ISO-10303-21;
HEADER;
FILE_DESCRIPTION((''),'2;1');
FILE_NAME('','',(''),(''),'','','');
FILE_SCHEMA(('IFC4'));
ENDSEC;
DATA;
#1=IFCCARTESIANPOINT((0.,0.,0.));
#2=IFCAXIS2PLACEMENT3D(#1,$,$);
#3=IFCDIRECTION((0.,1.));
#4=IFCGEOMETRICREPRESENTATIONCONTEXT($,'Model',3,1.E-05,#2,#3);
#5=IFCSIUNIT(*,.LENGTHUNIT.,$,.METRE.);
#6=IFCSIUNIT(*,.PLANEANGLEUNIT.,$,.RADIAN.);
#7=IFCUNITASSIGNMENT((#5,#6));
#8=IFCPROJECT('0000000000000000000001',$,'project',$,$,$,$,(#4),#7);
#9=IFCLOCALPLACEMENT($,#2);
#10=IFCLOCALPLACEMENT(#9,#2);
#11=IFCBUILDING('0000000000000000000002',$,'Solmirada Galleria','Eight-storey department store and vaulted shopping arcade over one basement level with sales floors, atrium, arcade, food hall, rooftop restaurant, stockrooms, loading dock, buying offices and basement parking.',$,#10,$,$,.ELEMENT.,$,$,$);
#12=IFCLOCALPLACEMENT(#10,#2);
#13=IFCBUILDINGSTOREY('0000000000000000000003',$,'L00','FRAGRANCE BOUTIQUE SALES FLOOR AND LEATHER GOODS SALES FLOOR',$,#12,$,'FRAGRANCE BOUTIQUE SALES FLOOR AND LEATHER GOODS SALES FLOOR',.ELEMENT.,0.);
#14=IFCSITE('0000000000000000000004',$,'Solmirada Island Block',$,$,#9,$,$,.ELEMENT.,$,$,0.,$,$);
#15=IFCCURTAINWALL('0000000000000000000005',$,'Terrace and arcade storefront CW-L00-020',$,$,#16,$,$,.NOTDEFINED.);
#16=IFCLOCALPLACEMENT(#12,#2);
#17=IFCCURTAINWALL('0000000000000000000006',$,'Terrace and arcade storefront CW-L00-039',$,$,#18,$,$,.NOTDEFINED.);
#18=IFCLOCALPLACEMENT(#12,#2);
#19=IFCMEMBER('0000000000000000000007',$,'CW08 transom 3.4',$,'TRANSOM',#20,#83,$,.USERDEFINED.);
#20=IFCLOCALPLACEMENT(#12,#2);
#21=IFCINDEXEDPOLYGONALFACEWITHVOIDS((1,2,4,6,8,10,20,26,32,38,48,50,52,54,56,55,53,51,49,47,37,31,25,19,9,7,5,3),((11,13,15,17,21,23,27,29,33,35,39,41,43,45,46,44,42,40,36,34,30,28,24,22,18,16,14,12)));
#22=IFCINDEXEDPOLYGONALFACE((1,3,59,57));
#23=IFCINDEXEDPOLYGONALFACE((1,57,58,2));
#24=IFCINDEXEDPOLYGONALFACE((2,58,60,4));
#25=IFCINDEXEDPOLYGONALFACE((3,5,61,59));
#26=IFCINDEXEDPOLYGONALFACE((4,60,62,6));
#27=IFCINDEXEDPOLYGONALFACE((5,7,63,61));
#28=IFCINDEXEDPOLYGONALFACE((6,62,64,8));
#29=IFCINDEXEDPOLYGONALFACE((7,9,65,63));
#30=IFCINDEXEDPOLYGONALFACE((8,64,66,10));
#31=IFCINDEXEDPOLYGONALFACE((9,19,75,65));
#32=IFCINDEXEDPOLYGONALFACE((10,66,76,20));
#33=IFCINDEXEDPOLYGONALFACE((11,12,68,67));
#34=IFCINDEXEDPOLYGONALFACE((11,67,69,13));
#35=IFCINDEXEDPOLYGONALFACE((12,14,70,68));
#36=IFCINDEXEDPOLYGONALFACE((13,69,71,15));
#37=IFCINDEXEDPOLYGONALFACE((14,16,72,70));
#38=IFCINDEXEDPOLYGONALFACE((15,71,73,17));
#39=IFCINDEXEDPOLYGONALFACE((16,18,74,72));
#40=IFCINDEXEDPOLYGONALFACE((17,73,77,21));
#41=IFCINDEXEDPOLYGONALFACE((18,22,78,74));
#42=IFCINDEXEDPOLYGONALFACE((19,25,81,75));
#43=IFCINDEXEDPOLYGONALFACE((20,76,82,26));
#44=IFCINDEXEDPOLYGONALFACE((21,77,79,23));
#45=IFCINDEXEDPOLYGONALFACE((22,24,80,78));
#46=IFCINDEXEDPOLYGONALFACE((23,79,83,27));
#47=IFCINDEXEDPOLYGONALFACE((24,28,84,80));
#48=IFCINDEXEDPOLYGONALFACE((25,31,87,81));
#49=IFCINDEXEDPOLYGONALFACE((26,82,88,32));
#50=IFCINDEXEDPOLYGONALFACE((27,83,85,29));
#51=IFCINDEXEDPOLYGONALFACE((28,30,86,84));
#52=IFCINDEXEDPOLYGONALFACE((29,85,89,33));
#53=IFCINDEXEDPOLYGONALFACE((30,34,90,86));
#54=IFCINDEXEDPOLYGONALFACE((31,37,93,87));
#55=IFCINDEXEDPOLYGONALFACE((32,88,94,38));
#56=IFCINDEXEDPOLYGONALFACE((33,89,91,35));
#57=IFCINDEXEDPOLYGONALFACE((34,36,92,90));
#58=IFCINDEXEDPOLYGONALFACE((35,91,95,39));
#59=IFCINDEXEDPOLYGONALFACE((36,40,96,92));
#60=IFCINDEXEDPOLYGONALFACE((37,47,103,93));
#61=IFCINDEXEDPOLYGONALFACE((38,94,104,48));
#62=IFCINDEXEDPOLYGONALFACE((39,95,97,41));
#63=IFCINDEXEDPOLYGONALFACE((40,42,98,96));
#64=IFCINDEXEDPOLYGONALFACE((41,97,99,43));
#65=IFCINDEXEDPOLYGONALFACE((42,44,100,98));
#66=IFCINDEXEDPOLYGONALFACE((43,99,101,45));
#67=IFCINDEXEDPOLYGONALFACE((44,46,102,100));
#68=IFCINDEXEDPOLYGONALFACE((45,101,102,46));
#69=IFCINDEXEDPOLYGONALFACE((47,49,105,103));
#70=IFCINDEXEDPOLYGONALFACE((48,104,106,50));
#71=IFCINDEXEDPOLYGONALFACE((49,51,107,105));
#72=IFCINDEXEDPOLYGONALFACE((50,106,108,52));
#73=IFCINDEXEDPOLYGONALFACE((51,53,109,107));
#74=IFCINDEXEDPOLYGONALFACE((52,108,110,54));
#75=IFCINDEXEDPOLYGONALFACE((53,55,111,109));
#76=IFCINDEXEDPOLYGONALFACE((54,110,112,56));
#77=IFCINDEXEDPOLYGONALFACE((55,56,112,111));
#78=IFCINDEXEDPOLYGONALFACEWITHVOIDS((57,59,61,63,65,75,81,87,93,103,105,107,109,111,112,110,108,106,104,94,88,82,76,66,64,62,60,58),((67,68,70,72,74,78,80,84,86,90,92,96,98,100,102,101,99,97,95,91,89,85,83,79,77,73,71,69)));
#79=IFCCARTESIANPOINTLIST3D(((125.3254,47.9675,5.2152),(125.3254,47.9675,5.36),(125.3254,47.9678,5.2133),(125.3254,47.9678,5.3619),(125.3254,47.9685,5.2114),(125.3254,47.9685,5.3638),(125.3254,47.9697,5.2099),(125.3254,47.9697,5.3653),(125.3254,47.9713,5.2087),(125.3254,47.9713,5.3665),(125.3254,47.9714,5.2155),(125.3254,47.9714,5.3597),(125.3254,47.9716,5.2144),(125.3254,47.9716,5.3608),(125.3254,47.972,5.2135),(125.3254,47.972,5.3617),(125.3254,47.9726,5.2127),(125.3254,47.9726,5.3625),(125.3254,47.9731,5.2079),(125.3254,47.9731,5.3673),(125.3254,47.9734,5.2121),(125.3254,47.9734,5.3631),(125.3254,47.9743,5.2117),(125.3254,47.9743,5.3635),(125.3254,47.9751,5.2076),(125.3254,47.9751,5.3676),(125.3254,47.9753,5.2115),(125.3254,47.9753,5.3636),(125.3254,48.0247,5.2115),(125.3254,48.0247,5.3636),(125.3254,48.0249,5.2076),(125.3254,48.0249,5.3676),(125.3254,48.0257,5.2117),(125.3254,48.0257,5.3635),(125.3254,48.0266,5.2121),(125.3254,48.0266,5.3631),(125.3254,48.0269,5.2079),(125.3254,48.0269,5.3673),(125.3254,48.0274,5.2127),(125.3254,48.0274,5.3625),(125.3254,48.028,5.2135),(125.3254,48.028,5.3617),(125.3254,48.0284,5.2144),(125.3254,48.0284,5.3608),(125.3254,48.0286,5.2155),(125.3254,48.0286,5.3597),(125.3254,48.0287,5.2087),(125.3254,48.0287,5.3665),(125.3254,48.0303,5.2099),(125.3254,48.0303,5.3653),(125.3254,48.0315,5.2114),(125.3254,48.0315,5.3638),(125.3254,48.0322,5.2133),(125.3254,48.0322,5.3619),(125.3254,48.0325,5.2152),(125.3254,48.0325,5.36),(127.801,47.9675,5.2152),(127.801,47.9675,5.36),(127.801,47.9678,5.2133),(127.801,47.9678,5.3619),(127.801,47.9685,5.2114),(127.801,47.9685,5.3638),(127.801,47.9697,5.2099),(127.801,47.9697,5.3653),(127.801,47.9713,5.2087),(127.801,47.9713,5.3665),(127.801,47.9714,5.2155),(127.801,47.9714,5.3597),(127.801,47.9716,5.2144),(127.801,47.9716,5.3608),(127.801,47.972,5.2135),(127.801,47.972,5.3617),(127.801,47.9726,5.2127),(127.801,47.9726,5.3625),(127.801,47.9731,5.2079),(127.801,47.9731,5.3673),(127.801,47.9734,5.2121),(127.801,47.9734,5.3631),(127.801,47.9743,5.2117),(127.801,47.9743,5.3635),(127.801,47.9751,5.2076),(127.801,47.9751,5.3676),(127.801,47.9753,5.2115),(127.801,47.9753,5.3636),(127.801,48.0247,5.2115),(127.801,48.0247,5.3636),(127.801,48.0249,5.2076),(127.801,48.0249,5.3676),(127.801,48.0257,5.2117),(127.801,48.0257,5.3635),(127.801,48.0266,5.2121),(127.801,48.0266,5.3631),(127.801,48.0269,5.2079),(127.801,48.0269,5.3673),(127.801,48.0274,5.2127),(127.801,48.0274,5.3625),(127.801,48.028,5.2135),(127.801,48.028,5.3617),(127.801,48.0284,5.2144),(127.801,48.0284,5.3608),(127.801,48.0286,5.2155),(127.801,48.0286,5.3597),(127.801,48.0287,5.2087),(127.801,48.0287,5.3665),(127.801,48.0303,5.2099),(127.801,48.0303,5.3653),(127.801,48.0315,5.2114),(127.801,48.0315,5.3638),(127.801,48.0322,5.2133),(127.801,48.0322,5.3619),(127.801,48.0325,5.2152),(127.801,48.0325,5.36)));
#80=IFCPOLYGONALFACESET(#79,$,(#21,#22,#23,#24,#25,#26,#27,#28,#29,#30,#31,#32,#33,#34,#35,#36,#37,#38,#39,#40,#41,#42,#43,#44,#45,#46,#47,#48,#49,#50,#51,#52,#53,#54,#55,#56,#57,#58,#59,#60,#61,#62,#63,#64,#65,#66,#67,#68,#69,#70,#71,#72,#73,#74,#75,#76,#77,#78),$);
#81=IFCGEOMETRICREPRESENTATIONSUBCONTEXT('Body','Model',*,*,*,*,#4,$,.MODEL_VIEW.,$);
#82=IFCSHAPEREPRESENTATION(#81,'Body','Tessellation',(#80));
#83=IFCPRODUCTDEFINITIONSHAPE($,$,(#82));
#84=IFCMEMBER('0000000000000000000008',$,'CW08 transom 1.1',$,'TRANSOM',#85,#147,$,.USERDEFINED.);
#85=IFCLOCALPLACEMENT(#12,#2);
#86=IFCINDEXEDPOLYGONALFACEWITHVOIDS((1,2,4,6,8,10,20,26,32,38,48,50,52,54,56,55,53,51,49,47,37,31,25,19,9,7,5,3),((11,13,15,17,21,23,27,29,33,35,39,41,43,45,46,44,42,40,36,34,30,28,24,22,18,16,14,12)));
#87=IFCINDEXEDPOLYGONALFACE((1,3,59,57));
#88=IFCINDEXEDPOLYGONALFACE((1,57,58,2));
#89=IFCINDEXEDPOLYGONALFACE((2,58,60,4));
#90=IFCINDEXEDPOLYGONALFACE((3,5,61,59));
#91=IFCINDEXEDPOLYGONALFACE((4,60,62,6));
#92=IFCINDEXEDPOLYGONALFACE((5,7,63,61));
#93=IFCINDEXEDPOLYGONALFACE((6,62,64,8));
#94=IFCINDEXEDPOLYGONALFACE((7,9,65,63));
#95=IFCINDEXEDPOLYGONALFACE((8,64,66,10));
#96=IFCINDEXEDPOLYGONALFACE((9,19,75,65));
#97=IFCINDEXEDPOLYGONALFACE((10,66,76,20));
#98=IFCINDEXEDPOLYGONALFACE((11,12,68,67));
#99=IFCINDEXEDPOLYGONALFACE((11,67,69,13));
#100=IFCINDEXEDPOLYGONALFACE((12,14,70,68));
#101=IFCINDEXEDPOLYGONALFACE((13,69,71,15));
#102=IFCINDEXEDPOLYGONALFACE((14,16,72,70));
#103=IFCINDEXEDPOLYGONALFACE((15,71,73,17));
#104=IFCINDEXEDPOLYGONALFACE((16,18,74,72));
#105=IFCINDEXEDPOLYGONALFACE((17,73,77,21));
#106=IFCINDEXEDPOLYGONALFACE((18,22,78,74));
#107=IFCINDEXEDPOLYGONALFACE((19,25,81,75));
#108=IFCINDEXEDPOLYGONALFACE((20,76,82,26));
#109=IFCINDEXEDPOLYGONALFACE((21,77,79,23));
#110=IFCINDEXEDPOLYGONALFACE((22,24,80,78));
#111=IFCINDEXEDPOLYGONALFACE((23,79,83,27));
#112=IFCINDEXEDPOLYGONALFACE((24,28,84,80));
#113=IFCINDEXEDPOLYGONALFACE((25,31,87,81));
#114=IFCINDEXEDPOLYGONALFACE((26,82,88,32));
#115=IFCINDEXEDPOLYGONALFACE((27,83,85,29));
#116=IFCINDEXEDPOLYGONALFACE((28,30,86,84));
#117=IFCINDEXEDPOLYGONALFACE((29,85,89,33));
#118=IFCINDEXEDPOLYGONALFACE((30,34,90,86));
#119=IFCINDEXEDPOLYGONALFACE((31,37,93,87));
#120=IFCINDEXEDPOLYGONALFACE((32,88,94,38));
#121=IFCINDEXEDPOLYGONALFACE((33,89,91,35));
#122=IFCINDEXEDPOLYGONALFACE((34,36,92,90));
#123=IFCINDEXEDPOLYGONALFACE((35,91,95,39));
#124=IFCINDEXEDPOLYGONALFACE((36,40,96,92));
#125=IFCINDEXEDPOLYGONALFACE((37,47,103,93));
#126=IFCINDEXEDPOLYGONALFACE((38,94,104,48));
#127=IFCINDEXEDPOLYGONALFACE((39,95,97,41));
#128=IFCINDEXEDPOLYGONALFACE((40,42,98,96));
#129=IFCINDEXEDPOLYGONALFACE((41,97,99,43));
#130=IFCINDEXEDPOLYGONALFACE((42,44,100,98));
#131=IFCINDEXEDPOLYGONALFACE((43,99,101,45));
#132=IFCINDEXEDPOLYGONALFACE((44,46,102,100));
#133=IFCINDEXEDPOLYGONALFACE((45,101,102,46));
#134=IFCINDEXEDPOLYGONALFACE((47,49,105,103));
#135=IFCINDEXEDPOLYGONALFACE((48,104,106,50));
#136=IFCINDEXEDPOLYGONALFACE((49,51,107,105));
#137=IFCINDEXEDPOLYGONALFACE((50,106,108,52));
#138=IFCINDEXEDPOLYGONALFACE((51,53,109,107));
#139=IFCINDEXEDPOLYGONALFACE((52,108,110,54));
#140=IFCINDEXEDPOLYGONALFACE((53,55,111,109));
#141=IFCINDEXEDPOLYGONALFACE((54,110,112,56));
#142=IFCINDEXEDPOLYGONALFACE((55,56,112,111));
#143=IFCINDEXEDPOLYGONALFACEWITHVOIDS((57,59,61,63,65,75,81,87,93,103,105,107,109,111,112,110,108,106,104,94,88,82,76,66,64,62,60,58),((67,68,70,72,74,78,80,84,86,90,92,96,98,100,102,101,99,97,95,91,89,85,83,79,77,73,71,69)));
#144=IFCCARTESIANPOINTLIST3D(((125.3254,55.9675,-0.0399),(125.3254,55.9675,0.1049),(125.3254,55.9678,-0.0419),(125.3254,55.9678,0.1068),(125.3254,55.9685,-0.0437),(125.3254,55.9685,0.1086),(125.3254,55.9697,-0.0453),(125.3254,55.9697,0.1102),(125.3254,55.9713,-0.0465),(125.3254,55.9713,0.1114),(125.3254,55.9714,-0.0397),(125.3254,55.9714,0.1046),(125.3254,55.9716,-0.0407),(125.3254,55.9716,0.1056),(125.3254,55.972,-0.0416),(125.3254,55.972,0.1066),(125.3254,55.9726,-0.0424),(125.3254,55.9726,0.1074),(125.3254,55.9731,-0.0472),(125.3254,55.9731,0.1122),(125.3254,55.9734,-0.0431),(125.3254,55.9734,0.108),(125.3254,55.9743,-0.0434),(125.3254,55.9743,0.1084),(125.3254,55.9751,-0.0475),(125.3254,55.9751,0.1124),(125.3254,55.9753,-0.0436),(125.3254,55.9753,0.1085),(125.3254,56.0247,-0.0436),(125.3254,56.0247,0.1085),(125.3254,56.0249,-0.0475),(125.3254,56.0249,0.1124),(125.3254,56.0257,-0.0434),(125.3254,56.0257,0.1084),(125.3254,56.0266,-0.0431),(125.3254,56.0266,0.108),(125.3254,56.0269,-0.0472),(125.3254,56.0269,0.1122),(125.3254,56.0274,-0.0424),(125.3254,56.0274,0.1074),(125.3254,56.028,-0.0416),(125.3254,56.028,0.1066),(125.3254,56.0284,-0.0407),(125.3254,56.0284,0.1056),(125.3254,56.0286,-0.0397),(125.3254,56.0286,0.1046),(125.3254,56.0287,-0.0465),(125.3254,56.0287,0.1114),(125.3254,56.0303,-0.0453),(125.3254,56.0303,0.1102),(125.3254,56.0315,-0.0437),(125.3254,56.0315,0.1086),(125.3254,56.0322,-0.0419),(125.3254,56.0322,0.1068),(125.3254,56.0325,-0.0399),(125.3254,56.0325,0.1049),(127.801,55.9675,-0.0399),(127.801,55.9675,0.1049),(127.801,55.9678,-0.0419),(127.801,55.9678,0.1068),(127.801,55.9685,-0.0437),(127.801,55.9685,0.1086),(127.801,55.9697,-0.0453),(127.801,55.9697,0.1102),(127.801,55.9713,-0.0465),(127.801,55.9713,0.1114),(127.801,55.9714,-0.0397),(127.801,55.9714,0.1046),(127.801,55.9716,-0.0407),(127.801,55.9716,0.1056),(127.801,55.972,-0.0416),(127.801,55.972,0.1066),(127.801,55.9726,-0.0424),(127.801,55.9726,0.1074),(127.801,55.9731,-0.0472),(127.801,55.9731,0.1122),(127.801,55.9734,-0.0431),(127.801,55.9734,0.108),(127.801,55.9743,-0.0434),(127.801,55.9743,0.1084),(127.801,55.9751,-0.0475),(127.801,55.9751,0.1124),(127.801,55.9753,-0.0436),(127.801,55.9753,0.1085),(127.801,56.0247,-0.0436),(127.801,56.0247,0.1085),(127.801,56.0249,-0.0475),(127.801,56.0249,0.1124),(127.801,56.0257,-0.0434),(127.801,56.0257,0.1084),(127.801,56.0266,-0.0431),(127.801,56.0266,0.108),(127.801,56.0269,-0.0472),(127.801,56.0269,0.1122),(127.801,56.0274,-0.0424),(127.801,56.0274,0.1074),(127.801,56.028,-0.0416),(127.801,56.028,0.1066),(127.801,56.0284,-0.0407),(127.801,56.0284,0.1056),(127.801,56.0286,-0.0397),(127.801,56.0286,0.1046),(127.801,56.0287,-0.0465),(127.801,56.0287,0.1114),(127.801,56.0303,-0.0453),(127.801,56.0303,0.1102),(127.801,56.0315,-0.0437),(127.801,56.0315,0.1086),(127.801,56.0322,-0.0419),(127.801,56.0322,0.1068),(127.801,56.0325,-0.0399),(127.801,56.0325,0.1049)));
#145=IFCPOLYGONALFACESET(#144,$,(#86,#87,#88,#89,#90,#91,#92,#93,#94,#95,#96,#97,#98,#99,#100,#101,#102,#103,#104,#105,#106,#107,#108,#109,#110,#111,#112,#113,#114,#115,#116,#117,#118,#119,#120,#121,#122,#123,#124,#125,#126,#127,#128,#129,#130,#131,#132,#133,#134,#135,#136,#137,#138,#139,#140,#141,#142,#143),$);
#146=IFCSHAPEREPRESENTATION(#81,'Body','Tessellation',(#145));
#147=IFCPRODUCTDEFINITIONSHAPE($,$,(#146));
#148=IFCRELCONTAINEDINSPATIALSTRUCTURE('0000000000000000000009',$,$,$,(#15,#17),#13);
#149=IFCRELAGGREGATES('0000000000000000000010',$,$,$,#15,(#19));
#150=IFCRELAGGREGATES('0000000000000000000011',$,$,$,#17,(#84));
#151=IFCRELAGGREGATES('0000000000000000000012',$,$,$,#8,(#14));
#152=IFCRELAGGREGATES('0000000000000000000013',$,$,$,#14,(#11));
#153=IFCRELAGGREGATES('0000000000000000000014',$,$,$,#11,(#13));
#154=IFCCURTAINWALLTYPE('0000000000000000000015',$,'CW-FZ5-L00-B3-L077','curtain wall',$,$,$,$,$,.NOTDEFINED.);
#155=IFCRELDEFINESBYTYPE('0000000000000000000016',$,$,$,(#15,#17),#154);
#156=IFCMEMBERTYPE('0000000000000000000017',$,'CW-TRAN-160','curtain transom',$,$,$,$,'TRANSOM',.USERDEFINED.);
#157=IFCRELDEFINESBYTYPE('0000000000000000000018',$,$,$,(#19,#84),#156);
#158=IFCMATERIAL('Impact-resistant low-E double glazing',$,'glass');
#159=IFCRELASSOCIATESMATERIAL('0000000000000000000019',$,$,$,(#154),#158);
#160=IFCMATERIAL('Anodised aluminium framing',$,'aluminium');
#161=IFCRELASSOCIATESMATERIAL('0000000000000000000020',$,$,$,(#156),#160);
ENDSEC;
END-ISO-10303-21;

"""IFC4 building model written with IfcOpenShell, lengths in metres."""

from ifc_helpers import new_model, si_unit, direction, frame, origin, origin_2d, place, context, subcontext, project, spatial, hollow_rectangle, extrude, material, material_profile, profile_set, type_object, element, aggregate, save


model = new_model("IFC4")

# Units and contexts
model_context = context("Model", 3, precision=1e-05, world=origin(), true_north=direction((0.0, 1.0)))
body_context = subcontext(model_context, "Body", "Model", "MODEL_VIEW")
ifc_project = project(units=[si_unit("LENGTHUNIT", "METRE"), si_unit("PLANEANGLEUNIT", "RADIAN")], contexts=[model_context])

# Site, building, storey
site_placement = place(None, origin())
site = spatial("IfcSite", under=ifc_project, at=site_placement, Name="Solmirada Island Block", CompositionType="ELEMENT", RefElevation=0.0)
building_placement = place(site_placement, origin())
building = spatial("IfcBuilding", under=site, at=building_placement, Name="Solmirada Galleria", Description="Eight-storey department store and vaulted shopping arcade over one basement level with sales floors, atrium, arcade, food hall, rooftop restaurant, stockrooms, loading dock, buying offices and basement parking.", CompositionType="ELEMENT")
storey_placement = place(building_placement, origin())
storey = spatial("IfcBuildingStorey", under=building, at=storey_placement, Name="L00", Description="FRAGRANCE BOUTIQUE SALES FLOOR AND LEATHER GOODS SALES FLOOR", LongName="FRAGRANCE BOUTIQUE SALES FLOOR AND LEATHER GOODS SALES FLOOR", CompositionType="ELEMENT", Elevation=0.0)

# Curtain walls
ifc_material_1 = material(Name="Impact-resistant low-E double glazing", Category="glass")
curtain_wall_type = type_object("IfcCurtainWallType", Name="CW-FZ5-L00-B3-L077", Description="curtain wall", PredefinedType="NOTDEFINED", material=ifc_material_1)
curtain_wall_1_placement = place(storey_placement, origin())
curtain_wall_1 = element("IfcCurtainWall", 1, at=curtain_wall_1_placement, inside=storey, type_object=curtain_wall_type, Name="Terrace and arcade storefront CW-L00-020", PredefinedType="NOTDEFINED")
ifc_material_2 = material(Name="Anodised aluminium framing", Category="aluminium")
curtain_wall_2_placement = place(storey_placement, origin())
curtain_wall_2 = element("IfcCurtainWall", 2, at=curtain_wall_2_placement, inside=storey, type_object=curtain_wall_type, Name="Terrace and arcade storefront CW-L00-039", PredefinedType="NOTDEFINED")

# Members
ifc_material_profile_1 = material_profile(ifc_material_2, hollow_rectangle(XDim=0.0649, YDim=0.1599, WallThickness=0.0039, InnerFilletRadius=0.0039, OuterFilletRadius=0.0076, at=origin_2d()), Name="ALU-TRAN-160X65")
ifc_profile_set_1 = profile_set([ifc_material_profile_1], Name="Anodised aluminium framing")
member_type_1 = type_object("IfcMemberType", Name="CW-TRAN-160", Description="curtain transom", ElementType="TRANSOM", PredefinedType="USERDEFINED", material=ifc_profile_set_1)
member_1_placement = place(storey_placement, frame((125.3254, 48.0, 5.2876), z_axis=(1.0, 0.0, 0.0), x_axis=(0.0, 1.0, 0.0)))
member_1 = element("IfcMember", 3, at=member_1_placement, type_object=member_type_1, Name="CW08 transom 3.4", ObjectType="TRANSOM", PredefinedType="USERDEFINED", context=body_context, shape_type="SweptSolid", body=[
    extrude(hollow_rectangle(XDim=0.0649, YDim=0.1599, WallThickness=0.0039, InnerFilletRadius=0.0039, OuterFilletRadius=0.0076, at=origin_2d()), origin(), (0.0, 0.0, 1.0), 2.4756),
])
member_2_placement = place(storey_placement, frame((127.801, 56.0, 0.0325), z_axis=(-1.0, 0.0, 0.0), x_axis=(0.0, -1.0, 0.0)))
member_2 = element("IfcMember", 4, at=member_2_placement, type_object=member_type_1, Name="CW08 transom 1.1", ObjectType="TRANSOM", PredefinedType="USERDEFINED", context=body_context, shape_type="SweptSolid", body=[
    extrude(hollow_rectangle(XDim=0.0649, YDim=0.1599, WallThickness=0.0039, InnerFilletRadius=0.0039, OuterFilletRadius=0.0076, at=origin_2d()), origin(), (0.0, 0.0, 1.0), 2.4756),
])

aggregate(curtain_wall_1, [member_1])
aggregate(curtain_wall_2, [member_2])

save(model, "model.ifc")
